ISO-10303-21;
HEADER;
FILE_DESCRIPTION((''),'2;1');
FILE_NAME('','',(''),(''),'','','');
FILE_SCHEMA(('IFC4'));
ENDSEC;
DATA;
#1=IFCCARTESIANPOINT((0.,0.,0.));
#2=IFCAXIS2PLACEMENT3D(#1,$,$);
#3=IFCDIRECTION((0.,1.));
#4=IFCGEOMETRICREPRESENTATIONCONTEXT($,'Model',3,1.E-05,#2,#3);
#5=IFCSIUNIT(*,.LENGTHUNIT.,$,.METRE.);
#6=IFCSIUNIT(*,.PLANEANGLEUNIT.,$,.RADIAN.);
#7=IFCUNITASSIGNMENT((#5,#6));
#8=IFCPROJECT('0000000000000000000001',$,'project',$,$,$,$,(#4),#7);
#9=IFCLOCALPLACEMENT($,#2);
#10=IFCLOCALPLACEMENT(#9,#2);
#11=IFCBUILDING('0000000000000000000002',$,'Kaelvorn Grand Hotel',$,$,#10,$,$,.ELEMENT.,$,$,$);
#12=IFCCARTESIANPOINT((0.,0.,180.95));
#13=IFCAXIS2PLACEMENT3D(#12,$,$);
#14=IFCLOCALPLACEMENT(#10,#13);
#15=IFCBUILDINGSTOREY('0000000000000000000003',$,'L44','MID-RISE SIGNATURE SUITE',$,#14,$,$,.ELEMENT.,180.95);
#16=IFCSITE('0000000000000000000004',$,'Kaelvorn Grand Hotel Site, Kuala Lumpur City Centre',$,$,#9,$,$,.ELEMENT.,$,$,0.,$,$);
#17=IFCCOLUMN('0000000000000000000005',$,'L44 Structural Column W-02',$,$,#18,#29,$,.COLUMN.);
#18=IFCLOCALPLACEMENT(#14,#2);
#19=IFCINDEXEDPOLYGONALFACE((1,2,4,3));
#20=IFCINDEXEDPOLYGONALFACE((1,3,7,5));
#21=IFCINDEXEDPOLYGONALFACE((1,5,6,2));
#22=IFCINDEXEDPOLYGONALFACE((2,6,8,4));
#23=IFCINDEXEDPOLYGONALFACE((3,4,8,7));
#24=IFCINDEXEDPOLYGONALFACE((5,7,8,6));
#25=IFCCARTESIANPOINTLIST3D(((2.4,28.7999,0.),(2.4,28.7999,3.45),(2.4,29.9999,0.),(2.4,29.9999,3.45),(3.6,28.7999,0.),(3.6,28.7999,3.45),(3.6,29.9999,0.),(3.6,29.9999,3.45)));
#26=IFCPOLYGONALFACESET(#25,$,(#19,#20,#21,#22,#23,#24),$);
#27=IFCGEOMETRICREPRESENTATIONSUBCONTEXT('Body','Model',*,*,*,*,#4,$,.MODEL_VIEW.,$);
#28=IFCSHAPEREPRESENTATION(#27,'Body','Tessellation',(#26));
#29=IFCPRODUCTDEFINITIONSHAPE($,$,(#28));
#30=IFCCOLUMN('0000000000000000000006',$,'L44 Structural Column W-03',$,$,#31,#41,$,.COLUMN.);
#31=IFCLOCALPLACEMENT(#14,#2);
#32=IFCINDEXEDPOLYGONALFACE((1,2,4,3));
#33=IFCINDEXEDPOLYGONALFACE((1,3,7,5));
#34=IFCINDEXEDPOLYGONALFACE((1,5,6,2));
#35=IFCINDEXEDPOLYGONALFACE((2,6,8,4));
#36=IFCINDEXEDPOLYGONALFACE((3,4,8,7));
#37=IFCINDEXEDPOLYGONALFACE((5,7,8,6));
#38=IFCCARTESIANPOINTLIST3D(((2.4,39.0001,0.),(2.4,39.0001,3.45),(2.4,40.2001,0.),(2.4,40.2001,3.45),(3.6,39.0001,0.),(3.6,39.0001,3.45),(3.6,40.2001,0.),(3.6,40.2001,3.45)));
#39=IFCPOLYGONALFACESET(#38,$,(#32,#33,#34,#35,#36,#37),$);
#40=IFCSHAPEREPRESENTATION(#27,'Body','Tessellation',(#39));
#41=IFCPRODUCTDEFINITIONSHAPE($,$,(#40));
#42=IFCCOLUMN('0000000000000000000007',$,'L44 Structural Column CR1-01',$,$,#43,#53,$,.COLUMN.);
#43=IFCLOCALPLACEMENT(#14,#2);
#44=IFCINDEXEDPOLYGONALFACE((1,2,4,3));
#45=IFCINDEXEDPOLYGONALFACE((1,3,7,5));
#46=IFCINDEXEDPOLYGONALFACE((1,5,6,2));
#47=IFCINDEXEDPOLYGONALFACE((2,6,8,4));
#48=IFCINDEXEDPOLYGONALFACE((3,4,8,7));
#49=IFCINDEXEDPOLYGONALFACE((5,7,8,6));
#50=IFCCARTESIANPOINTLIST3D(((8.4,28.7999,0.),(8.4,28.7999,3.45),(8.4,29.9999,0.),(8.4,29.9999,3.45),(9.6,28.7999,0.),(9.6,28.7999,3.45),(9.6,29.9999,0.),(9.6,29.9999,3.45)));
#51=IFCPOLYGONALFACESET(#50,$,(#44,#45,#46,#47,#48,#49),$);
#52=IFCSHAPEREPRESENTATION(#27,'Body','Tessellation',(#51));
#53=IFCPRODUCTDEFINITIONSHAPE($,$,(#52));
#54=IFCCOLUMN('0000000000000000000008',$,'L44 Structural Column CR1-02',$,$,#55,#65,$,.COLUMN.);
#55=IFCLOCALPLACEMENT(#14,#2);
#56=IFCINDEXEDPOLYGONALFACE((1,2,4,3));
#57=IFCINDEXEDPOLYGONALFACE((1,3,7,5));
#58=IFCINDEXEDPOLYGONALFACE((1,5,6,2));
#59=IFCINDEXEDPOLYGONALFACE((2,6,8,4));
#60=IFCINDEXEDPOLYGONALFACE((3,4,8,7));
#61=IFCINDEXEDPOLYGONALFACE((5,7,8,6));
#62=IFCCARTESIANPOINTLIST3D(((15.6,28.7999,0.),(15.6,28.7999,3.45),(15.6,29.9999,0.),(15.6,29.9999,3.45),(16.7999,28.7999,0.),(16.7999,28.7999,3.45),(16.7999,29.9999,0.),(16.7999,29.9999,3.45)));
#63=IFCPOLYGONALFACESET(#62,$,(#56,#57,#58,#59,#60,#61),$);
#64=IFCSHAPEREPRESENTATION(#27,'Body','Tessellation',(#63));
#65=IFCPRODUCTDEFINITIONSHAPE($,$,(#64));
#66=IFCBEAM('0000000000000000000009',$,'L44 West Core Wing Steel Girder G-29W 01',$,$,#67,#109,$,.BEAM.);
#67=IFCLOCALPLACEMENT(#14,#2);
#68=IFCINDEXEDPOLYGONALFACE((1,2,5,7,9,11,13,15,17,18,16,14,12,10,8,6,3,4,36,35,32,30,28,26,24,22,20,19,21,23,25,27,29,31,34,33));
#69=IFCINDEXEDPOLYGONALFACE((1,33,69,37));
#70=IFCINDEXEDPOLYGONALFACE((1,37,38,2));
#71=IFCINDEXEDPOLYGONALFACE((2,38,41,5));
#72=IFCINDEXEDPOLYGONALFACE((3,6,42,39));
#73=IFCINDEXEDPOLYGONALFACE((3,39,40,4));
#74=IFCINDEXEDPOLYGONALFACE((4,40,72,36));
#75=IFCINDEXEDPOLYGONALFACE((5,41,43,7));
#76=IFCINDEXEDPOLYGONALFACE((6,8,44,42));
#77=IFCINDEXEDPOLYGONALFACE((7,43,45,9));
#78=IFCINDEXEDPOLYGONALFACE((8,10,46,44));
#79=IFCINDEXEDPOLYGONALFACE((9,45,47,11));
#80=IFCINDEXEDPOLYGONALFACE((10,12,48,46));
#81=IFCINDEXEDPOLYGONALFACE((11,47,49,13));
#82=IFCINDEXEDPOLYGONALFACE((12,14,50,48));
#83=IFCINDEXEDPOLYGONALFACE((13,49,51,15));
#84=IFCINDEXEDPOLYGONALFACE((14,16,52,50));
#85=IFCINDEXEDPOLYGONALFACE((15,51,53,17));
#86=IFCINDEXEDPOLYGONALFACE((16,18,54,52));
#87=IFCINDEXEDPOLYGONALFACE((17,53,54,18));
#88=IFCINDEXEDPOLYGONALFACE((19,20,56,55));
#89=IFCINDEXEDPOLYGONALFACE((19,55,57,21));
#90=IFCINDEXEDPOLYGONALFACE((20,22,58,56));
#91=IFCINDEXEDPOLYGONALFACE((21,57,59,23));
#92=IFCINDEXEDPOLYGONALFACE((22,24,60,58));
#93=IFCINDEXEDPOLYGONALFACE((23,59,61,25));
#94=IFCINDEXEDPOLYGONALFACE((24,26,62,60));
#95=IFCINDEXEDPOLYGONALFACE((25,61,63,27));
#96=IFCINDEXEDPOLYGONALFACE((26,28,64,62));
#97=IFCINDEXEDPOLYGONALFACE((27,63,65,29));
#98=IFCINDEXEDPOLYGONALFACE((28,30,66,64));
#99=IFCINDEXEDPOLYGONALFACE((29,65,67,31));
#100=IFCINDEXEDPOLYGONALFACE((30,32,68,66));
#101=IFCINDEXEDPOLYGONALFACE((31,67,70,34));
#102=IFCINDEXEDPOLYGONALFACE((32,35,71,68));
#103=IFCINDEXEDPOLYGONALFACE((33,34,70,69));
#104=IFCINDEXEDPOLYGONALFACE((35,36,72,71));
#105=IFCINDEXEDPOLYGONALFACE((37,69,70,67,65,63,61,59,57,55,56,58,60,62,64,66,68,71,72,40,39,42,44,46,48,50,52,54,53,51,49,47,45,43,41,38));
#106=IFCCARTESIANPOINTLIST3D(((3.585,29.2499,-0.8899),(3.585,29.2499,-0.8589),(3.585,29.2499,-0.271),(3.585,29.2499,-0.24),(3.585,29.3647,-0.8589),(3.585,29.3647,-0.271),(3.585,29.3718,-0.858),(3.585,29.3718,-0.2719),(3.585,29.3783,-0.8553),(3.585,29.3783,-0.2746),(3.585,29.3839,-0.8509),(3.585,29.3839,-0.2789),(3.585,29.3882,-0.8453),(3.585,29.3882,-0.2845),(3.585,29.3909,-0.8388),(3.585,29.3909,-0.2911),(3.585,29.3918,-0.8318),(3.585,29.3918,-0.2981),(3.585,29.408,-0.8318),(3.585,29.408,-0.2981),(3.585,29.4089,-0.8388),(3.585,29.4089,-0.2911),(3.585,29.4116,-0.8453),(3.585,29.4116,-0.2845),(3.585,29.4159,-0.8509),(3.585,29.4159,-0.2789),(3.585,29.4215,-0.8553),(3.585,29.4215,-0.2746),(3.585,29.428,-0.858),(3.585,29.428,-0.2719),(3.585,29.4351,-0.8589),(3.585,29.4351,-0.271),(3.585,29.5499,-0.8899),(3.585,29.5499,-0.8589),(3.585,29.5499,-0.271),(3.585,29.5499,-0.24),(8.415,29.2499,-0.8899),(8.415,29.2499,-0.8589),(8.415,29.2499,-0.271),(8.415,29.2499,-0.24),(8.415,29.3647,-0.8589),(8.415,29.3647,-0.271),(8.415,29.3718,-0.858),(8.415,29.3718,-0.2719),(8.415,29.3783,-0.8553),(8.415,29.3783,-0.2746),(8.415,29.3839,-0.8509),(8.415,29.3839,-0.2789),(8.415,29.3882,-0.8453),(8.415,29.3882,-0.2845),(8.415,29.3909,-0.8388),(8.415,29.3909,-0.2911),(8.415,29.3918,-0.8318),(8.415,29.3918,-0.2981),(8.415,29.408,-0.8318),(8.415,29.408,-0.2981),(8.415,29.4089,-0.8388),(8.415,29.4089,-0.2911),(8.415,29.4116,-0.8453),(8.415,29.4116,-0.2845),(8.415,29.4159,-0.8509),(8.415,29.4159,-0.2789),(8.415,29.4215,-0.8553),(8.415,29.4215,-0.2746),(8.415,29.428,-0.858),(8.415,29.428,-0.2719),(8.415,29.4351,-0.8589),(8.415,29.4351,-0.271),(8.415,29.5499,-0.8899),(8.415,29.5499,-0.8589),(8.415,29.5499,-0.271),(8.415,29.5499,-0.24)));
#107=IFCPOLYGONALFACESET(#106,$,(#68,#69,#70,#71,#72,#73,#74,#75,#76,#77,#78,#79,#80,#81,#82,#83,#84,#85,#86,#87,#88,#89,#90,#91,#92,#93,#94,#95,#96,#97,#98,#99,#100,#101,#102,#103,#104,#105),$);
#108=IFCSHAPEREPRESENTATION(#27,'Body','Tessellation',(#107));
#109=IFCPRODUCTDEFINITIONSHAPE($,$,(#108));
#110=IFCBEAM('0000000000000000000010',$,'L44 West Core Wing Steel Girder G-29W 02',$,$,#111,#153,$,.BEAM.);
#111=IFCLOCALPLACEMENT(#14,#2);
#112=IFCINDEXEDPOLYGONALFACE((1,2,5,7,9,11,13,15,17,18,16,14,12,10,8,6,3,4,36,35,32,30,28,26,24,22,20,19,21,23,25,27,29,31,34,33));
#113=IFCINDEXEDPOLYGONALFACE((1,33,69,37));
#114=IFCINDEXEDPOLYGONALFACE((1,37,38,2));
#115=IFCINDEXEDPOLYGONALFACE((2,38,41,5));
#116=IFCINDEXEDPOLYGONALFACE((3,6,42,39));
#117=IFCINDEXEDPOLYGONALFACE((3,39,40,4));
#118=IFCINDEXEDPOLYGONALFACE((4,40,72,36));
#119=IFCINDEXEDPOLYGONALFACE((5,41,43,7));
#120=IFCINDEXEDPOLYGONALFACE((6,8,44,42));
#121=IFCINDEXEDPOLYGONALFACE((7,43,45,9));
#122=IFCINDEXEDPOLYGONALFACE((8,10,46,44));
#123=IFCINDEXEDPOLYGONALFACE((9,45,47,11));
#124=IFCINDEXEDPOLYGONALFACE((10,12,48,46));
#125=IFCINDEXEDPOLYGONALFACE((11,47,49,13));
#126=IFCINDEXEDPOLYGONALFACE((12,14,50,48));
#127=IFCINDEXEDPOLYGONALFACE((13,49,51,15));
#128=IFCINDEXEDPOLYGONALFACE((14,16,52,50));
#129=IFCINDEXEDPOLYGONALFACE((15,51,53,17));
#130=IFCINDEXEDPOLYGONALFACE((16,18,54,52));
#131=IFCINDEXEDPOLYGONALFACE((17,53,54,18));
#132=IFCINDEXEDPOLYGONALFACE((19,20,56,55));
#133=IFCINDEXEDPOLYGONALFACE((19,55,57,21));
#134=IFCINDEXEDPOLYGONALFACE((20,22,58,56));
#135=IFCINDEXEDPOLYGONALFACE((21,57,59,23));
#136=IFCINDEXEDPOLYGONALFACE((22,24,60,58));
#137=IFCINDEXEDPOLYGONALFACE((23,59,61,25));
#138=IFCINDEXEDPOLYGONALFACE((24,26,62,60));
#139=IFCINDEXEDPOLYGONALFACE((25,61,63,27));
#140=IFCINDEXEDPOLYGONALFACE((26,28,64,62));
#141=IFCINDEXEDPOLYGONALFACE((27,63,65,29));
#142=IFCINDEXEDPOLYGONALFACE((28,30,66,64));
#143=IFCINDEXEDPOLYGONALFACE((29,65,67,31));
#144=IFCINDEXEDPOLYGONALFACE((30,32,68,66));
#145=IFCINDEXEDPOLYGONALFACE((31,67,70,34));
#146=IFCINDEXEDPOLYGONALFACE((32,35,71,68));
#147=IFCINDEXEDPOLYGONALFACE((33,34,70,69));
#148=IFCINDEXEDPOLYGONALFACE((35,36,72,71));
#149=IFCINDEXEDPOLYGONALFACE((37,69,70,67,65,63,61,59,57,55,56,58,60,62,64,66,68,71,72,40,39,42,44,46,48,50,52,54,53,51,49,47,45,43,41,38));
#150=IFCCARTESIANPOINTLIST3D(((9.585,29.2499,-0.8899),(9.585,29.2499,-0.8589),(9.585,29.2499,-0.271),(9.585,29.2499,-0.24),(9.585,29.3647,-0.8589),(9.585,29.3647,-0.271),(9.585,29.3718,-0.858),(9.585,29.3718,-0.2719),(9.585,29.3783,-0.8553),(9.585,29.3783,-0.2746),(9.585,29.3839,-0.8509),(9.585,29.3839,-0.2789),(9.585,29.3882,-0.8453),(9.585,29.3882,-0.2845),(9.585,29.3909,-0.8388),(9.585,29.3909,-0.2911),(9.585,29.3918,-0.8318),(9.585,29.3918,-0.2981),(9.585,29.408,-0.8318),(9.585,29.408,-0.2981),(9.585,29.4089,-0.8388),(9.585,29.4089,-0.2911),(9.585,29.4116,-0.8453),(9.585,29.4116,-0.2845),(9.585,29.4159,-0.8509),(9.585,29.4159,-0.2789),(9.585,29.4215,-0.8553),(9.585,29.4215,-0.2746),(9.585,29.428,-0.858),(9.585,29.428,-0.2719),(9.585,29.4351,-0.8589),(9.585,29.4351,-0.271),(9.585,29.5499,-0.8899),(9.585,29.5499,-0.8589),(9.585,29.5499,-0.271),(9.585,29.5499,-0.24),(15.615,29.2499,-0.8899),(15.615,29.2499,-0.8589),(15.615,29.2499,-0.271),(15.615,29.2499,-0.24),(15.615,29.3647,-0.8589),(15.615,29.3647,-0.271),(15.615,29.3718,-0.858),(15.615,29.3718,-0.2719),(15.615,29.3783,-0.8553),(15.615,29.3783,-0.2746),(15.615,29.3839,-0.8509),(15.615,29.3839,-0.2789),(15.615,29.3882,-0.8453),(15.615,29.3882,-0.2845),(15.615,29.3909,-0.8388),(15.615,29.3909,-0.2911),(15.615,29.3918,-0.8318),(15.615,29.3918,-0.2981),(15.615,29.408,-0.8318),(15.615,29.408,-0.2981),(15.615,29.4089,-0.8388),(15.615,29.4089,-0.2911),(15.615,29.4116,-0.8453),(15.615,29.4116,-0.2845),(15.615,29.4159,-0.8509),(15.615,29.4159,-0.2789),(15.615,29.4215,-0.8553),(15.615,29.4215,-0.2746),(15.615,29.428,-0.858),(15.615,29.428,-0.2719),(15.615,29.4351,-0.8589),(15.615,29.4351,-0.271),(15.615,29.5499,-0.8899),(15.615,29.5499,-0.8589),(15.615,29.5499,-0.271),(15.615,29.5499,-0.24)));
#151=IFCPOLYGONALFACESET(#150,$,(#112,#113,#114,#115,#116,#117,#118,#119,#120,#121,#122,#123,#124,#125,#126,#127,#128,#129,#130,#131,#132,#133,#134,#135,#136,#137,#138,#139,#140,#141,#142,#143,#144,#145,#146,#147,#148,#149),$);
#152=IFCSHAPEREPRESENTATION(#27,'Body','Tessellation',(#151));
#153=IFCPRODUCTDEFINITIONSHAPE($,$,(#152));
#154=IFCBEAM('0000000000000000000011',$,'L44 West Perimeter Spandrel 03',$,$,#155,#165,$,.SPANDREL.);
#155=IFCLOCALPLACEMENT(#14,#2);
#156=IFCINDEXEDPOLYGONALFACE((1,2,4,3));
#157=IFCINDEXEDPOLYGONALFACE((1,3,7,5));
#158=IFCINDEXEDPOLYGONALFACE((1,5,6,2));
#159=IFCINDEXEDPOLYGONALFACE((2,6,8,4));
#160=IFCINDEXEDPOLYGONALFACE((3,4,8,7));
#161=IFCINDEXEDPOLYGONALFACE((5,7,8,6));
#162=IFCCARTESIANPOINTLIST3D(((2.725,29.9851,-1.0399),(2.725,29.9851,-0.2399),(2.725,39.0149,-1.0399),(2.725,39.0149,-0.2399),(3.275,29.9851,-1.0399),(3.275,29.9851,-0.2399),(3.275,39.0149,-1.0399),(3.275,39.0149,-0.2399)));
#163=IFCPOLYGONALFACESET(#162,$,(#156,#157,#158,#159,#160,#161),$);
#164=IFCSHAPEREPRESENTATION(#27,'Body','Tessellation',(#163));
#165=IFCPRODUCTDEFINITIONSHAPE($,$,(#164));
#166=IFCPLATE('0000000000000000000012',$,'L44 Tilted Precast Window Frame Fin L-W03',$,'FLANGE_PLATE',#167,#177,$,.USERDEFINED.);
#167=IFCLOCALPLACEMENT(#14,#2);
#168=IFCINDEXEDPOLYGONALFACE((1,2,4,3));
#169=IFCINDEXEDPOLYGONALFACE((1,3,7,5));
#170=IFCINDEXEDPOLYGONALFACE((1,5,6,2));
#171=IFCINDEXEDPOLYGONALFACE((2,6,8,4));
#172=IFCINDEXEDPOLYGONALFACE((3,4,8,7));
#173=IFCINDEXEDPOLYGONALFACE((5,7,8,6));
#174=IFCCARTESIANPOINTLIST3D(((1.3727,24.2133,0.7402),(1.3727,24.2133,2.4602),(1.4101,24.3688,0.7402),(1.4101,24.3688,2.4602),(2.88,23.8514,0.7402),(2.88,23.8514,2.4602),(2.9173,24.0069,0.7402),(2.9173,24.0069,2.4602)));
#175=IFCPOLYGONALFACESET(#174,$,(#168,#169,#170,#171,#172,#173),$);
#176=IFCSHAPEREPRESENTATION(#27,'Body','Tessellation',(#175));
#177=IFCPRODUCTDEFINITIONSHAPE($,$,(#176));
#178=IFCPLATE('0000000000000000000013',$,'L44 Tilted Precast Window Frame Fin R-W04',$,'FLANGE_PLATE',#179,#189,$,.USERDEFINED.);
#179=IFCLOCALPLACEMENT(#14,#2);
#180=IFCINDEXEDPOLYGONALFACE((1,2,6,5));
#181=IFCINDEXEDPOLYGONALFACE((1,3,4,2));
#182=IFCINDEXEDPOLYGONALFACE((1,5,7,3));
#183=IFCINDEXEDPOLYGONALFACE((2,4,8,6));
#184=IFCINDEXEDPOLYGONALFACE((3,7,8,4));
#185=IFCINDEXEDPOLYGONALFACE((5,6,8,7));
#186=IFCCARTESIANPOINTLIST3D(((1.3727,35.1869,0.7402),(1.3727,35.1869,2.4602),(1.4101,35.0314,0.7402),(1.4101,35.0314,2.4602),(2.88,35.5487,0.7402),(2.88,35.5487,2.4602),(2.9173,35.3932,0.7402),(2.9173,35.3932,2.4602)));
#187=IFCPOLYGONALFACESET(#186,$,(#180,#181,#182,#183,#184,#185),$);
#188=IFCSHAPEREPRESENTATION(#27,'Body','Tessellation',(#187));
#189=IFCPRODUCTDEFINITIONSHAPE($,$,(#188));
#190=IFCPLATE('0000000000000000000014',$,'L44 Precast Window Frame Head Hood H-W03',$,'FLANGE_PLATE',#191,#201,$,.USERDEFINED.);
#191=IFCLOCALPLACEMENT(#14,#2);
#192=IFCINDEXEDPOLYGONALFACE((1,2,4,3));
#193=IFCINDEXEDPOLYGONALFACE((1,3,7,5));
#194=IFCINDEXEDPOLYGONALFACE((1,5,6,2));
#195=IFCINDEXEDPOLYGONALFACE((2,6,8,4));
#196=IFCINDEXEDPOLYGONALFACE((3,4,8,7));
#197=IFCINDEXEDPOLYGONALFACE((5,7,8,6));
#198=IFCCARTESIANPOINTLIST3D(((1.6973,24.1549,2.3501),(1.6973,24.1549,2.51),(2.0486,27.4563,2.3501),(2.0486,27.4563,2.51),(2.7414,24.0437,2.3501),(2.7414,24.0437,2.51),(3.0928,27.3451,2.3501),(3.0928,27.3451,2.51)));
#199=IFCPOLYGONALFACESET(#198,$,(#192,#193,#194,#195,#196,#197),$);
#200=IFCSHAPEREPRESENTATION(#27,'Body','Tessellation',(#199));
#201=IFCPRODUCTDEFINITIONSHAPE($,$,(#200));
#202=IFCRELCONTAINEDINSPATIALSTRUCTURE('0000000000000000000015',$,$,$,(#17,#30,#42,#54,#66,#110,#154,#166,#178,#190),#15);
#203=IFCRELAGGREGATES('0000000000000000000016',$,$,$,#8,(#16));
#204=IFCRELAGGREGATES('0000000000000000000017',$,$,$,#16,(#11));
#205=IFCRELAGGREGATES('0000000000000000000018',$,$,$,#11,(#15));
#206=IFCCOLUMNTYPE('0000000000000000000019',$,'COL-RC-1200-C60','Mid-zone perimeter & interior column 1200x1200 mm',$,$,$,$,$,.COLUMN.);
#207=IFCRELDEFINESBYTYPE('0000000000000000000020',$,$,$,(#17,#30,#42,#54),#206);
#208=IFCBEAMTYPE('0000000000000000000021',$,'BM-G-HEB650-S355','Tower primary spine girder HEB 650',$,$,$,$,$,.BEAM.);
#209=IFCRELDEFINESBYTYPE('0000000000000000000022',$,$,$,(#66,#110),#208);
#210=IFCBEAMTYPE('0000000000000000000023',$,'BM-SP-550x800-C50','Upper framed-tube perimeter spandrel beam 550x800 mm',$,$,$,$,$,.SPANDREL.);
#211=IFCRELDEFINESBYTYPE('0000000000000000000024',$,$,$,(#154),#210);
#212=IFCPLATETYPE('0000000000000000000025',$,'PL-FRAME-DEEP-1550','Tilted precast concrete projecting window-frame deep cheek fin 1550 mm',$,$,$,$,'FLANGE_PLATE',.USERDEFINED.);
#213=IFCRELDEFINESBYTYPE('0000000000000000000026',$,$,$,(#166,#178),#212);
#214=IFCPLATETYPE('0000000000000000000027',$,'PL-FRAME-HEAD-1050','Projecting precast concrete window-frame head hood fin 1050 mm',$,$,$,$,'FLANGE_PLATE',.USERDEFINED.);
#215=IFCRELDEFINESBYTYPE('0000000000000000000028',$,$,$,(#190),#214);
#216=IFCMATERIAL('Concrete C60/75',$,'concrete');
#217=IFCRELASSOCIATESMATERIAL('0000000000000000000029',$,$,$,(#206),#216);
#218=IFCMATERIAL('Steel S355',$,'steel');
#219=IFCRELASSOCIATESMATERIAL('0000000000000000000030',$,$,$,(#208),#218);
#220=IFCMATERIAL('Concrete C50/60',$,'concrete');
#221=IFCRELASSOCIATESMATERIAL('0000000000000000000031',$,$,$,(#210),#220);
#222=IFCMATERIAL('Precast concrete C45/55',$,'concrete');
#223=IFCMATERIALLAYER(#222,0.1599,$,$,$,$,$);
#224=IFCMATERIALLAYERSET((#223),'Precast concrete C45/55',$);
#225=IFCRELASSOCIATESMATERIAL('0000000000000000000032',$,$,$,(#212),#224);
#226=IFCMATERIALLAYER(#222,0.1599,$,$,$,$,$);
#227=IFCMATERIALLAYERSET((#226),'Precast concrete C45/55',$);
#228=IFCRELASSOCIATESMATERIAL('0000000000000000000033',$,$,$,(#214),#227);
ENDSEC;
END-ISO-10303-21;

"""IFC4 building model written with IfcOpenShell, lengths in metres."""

from ifc_helpers import new_model, si_unit, direction, frame, origin, origin_2d, place, context, subcontext, project, spatial, rectangle, i_section, extrude, material, layer, layer_set, material_profile, profile_set, type_object, element, save


model = new_model("IFC4")

# Units and contexts
model_context = context("Model", 3, precision=1e-05, world=origin(), true_north=direction((0.0, 1.0)))
body_context = subcontext(model_context, "Body", "Model", "MODEL_VIEW")
ifc_project = project(units=[si_unit("LENGTHUNIT", "METRE"), si_unit("PLANEANGLEUNIT", "RADIAN")], contexts=[model_context])

# Site, building, storey
site_placement = place(None, origin())
site = spatial("IfcSite", under=ifc_project, at=site_placement, Name="Kaelvorn Grand Hotel Site, Kuala Lumpur City Centre", CompositionType="ELEMENT", RefElevation=0.0)
building_placement = place(site_placement, origin())
building = spatial("IfcBuilding", under=site, at=building_placement, Name="Kaelvorn Grand Hotel", CompositionType="ELEMENT")
storey_placement = place(building_placement, frame((0.0, 0.0, 180.95)))
storey = spatial("IfcBuildingStorey", under=building, at=storey_placement, Name="L44", Description="MID-RISE SIGNATURE SUITE", CompositionType="ELEMENT", Elevation=180.95)

# Columns
ifc_material_1 = material(Name="Concrete C60/75", Category="concrete")
ifc_material_profile_1 = material_profile(ifc_material_1, rectangle(XDim=1.2, YDim=1.2, at=origin_2d()), Name="RC COL 1200x1200")
ifc_profile_set_1 = profile_set([ifc_material_profile_1], Name="Concrete C60/75")
column_type = type_object("IfcColumnType", Name="COL-RC-1200-C60", Description="Mid-zone perimeter & interior column 1200x1200 mm", PredefinedType="COLUMN", material=ifc_profile_set_1)
for number, where, z_axis, x_axis, name in (
    (1, (3.0, 29.3999, 0.0), (0.0, 0.0, 1.0), (1.0, 0.0, 0.0), "L44 Structural Column W-02"),
    (2, (3.0, 39.6001, 0.0), (0.0, 0.0, 1.0), (1.0, 0.0, 0.0), "L44 Structural Column W-03"),
    (3, (9.0, 29.3999, 0.0), (0.0, 0.0, 1.0), (1.0, 0.0, 0.0), "L44 Structural Column CR1-01"),
    (4, (16.2, 29.3999, 0.0), (0.0, 0.0, 1.0), (1.0, 0.0, 0.0), "L44 Structural Column CR1-02"),
):
    element("IfcColumn", number, at=place(storey_placement, frame(where, z_axis=z_axis, x_axis=x_axis)), inside=storey, type_object=column_type, Name=name, PredefinedType="COLUMN", context=body_context, shape_type="SweptSolid", body=[
        extrude(rectangle(XDim=1.2, YDim=1.2, at=origin_2d()), origin(), (0.0, 0.0, 1.0), 3.45),
    ])

# Beams
ifc_material_2 = material(Name="Steel S355", Category="steel")
ifc_material_profile_2 = material_profile(ifc_material_2, i_section(OverallWidth=0.3, OverallDepth=0.6499, WebThickness=0.0161, FlangeThickness=0.031, FilletRadius=0.0271, at=origin_2d()), Name="HEB 650")
ifc_profile_set_2 = profile_set([ifc_material_profile_2], Name="Steel S355")
beam_type_1 = type_object("IfcBeamType", Name="BM-G-HEB650-S355", Description="Tower primary spine girder HEB 650", PredefinedType="BEAM", material=ifc_profile_set_2)
beam_1_placement = place(storey_placement, frame((3.585, 29.3999, -0.5649), z_axis=(1.0, 0.0, 0.0), x_axis=(0.0, 1.0, 0.0)))
element("IfcBeam", 5, at=beam_1_placement, inside=storey, type_object=beam_type_1, Name="L44 West Core Wing Steel Girder G-29W 01", PredefinedType="BEAM", context=body_context, shape_type="SweptSolid", body=[
    extrude(i_section(OverallWidth=0.3, OverallDepth=0.6499, WebThickness=0.0161, FlangeThickness=0.031, FilletRadius=0.0271, at=origin_2d()), origin(), (0.0, 0.0, 1.0), 4.8301),
])
beam_2_placement = place(storey_placement, frame((9.585, 29.3999, -0.5649), z_axis=(1.0, 0.0, 0.0), x_axis=(0.0, 1.0, 0.0)))
element("IfcBeam", 6, at=beam_2_placement, inside=storey, type_object=beam_type_1, Name="L44 West Core Wing Steel Girder G-29W 02", PredefinedType="BEAM", context=body_context, shape_type="SweptSolid", body=[
    extrude(i_section(OverallWidth=0.3, OverallDepth=0.6499, WebThickness=0.0161, FlangeThickness=0.031, FilletRadius=0.0271, at=origin_2d()), origin(), (0.0, 0.0, 1.0), 6.03),
])
ifc_material_3 = material(Name="Concrete C50/60", Category="concrete")
ifc_material_profile_3 = material_profile(ifc_material_3, rectangle(XDim=0.55, YDim=0.8, at=origin_2d()), Name="RC SPANDREL 550x800")
ifc_profile_set_3 = profile_set([ifc_material_profile_3], Name="Concrete C50/60")
beam_type_2 = type_object("IfcBeamType", Name="BM-SP-550x800-C50", Description="Upper framed-tube perimeter spandrel beam 550x800 mm", PredefinedType="SPANDREL", material=ifc_profile_set_3)
beam_3_placement = place(storey_placement, frame((3.0, 29.9851, -0.6399), z_axis=(0.0, 1.0, 0.0), x_axis=(-1.0, 0.0, 0.0)))
element("IfcBeam", 7, at=beam_3_placement, inside=storey, type_object=beam_type_2, Name="L44 West Perimeter Spandrel 03", PredefinedType="SPANDREL", context=body_context, shape_type="SweptSolid", body=[
    extrude(rectangle(XDim=0.55, YDim=0.8, at=origin_2d()), origin(), (0.0, 0.0, 1.0), 9.0298),
])

# Plates
ifc_material_4 = material(Name="Precast concrete C45/55", Category="concrete")
ifc_layer_1 = layer(ifc_material_4, 0.1599)
ifc_layer_set_1 = layer_set([ifc_layer_1], Name="Precast concrete C45/55")
plate_type_1 = type_object("IfcPlateType", Name="PL-FRAME-DEEP-1550", Description="Tilted precast concrete projecting window-frame deep cheek fin 1550 mm", ElementType="FLANGE_PLATE", PredefinedType="USERDEFINED", material=ifc_layer_set_1)
for number, where, z_axis, x_axis, name in (
    (8, (2.145, 24.1101, 0.7402), (0.0, 0.0, 1.0), (0.233445, 0.97237, 0.0), "L44 Tilted Precast Window Frame Fin L-W03"),
    (9, (2.145, 35.29, 0.7402), (0.0, 0.0, 1.0), (-0.233445, 0.97237, 0.0), "L44 Tilted Precast Window Frame Fin R-W04"),
):
    element("IfcPlate", number, at=place(storey_placement, frame(where, z_axis=z_axis, x_axis=x_axis)), inside=storey, type_object=plate_type_1, Name=name, ObjectType="FLANGE_PLATE", PredefinedType="USERDEFINED", context=body_context, shape_type="SweptSolid", body=[
        extrude(rectangle(XDim=0.1599, YDim=1.55, at=origin_2d()), origin(), (0.0, 0.0, 1.0), 1.72),
    ])
ifc_layer_2 = layer(ifc_material_4, 0.1599)
ifc_layer_set_2 = layer_set([ifc_layer_2], Name="Precast concrete C45/55")
plate_type_2 = type_object("IfcPlateType", Name="PL-FRAME-HEAD-1050", Description="Projecting precast concrete window-frame head hood fin 1050 mm", ElementType="FLANGE_PLATE", PredefinedType="USERDEFINED", material=ifc_layer_set_2)
for number, where, z_axis, x_axis, name in (
    (10, (2.395, 25.75, 2.3501), (0.0, 0.0, 1.0), (0.10583, 0.994384, 0.0), "L44 Precast Window Frame Head Hood H-W03"),
):
    element("IfcPlate", number, at=place(storey_placement, frame(where, z_axis=z_axis, x_axis=x_axis)), inside=storey, type_object=plate_type_2, Name=name, ObjectType="FLANGE_PLATE", PredefinedType="USERDEFINED", context=body_context, shape_type="SweptSolid", body=[
        extrude(rectangle(XDim=3.3201, YDim=1.05, at=origin_2d()), origin(), (0.0, 0.0, 1.0), 0.1599),
    ])

save(model, "model.ifc")
